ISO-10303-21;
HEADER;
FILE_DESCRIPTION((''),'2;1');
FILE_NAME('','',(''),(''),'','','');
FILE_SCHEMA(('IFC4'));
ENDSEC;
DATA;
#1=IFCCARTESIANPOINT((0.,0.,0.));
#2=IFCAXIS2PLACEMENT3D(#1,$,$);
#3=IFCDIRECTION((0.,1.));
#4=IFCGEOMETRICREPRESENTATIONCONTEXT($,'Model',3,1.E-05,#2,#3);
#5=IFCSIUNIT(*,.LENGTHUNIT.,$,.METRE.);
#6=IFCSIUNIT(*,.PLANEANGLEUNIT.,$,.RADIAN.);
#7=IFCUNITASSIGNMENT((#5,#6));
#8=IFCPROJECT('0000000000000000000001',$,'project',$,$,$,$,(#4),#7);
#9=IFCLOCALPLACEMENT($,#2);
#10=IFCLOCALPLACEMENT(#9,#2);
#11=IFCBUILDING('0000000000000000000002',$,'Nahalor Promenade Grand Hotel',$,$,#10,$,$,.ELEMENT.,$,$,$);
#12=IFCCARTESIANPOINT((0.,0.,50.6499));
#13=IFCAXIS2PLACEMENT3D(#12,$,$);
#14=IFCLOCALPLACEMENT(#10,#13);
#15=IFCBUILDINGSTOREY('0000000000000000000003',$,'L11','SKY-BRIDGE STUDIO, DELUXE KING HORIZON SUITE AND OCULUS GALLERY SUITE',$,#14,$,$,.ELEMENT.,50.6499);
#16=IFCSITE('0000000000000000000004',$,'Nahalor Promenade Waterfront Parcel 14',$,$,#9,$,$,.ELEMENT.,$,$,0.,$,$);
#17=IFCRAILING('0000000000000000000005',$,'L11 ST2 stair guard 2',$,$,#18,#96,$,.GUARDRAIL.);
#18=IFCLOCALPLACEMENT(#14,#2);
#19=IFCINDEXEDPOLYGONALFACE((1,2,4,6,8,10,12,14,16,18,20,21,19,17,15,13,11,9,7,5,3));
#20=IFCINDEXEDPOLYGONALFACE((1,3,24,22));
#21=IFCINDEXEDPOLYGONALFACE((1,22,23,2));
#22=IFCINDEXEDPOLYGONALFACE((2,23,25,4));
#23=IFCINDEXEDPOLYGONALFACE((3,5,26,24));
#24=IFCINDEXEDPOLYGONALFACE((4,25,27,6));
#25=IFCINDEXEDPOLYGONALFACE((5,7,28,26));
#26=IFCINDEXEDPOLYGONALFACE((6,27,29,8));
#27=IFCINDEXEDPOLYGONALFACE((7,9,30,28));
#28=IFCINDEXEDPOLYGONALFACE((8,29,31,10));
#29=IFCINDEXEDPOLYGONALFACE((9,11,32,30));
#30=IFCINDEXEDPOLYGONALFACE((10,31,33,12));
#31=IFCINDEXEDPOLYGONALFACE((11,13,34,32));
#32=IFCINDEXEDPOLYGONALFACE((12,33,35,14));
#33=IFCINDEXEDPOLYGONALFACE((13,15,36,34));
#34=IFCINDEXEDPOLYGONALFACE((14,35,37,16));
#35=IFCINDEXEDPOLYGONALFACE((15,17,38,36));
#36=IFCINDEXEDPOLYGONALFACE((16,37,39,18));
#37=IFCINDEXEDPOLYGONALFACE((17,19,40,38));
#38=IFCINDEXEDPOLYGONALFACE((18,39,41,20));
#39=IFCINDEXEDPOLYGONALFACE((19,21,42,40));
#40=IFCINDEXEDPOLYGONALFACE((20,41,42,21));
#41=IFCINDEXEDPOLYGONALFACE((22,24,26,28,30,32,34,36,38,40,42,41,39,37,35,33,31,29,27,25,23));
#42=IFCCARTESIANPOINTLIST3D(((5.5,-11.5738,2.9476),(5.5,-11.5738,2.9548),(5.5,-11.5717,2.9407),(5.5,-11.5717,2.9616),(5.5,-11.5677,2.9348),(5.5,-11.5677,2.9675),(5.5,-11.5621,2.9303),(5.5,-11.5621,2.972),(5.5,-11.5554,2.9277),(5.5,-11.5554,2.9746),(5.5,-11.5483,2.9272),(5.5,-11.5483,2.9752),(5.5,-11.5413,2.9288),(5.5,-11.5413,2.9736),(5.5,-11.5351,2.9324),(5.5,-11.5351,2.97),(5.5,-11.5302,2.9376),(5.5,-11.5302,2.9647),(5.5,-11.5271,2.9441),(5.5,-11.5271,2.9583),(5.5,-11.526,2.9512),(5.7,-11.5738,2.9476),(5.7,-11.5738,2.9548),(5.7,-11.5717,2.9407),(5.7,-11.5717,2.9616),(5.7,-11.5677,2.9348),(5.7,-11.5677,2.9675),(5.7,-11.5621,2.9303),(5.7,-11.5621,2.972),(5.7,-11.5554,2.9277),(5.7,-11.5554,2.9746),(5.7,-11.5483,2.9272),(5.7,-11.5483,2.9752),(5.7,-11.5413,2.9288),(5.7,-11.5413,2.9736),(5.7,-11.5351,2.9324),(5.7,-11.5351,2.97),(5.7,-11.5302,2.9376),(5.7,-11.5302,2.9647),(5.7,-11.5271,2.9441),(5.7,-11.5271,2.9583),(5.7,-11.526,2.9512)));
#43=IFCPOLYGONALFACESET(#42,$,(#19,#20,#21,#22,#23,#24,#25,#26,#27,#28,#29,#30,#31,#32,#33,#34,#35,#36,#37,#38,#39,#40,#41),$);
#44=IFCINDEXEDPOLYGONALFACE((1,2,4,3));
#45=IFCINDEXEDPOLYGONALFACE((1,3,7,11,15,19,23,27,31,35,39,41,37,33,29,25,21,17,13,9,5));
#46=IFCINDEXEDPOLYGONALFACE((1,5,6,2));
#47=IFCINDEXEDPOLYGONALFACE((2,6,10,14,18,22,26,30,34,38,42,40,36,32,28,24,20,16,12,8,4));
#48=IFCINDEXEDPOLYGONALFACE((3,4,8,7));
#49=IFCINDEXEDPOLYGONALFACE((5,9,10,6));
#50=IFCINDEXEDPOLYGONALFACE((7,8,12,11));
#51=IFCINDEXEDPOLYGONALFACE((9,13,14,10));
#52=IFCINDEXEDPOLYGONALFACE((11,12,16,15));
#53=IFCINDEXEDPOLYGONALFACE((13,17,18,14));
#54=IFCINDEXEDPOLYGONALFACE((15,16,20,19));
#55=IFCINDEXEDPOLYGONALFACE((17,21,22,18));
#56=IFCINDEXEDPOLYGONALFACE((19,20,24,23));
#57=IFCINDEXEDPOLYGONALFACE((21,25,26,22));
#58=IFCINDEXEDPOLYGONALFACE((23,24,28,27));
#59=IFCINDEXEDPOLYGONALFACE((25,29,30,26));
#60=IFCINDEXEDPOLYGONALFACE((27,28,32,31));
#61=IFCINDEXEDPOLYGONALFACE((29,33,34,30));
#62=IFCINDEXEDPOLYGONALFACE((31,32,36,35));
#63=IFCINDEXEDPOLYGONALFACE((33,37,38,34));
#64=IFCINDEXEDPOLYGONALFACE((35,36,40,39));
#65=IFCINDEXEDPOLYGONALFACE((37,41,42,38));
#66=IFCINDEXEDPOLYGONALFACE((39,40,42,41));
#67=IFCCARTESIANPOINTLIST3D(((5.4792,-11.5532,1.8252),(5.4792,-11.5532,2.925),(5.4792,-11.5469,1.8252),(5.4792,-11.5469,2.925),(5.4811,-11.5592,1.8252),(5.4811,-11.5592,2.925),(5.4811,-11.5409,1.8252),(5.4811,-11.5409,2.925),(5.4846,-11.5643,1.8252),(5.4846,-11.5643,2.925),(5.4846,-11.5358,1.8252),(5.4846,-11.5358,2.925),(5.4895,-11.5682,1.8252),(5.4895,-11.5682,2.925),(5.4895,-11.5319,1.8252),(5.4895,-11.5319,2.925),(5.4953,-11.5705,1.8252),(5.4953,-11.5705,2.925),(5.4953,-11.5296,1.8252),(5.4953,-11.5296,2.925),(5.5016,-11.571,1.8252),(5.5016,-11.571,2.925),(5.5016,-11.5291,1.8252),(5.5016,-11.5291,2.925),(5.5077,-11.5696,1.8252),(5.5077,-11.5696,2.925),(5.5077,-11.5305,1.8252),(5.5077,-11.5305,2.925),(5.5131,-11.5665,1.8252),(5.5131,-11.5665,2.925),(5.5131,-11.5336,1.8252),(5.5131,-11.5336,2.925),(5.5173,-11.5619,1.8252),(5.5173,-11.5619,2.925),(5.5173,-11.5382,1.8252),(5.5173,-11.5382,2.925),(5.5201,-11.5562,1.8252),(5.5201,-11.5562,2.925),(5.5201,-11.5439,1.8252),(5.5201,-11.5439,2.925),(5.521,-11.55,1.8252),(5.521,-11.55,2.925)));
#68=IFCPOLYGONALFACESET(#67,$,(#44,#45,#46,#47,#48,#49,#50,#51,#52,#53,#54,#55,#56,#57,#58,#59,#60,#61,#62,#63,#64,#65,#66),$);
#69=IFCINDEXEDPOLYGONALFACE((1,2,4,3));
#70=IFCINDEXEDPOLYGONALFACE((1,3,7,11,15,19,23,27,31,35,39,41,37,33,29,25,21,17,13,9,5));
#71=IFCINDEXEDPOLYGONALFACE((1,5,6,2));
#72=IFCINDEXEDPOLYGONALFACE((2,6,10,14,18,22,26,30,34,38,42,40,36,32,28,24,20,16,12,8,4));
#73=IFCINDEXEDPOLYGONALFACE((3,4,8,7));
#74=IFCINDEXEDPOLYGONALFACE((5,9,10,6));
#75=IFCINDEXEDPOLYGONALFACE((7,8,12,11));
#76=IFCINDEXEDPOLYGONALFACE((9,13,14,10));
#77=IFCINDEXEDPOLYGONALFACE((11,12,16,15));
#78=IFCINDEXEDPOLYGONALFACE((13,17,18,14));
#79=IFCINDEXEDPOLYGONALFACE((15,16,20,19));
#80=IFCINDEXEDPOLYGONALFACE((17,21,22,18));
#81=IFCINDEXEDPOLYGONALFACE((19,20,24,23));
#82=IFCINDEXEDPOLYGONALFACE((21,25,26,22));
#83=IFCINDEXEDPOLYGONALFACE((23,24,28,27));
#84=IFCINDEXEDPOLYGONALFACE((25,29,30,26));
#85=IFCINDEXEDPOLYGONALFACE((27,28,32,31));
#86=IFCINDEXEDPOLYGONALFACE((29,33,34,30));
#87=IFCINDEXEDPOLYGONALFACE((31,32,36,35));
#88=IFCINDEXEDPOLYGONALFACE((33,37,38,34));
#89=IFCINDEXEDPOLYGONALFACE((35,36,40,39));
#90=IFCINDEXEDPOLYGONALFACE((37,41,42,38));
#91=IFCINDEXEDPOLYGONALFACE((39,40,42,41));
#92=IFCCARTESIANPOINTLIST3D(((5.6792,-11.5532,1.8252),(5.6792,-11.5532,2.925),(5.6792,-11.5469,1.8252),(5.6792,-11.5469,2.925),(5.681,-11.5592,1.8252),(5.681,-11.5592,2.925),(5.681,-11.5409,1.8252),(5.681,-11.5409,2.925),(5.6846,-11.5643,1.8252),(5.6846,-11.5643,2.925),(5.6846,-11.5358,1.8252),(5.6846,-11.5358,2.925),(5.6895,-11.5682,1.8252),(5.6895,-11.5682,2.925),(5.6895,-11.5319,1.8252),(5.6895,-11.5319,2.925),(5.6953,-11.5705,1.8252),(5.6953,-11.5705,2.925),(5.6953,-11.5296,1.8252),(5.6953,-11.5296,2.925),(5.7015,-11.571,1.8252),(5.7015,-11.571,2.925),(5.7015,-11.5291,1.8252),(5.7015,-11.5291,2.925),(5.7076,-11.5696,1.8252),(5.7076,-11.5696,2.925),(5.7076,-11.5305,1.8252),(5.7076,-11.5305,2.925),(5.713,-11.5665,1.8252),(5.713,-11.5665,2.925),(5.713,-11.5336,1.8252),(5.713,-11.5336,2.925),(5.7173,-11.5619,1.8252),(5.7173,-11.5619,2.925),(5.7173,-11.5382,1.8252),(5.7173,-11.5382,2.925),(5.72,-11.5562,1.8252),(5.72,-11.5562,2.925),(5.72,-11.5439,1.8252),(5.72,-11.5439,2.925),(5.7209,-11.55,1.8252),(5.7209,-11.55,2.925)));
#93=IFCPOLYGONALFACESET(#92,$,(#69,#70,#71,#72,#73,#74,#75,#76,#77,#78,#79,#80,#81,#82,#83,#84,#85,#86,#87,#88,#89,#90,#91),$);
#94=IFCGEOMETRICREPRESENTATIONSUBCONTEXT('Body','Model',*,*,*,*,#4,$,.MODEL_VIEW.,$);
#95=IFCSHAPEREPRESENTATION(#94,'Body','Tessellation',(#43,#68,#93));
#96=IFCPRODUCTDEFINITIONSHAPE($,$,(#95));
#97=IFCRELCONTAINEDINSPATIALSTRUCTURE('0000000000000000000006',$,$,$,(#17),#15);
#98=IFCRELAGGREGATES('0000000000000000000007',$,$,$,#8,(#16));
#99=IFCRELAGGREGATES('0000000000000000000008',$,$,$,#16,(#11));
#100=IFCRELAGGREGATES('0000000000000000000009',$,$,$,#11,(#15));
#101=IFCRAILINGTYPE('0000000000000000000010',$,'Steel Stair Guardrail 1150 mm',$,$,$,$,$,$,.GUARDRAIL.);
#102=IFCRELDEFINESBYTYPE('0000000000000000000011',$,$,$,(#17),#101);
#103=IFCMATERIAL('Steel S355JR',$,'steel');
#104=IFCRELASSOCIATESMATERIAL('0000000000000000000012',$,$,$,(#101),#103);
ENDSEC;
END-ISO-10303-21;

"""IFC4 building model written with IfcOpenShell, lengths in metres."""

from ifc_helpers import new_model, si_unit, direction, frame, origin, origin_2d, place, context, subcontext, project, spatial, circle, extrude, material, type_object, element, save


model = new_model("IFC4")

# Units and contexts
model_context = context("Model", 3, precision=1e-05, world=origin(), true_north=direction((0.0, 1.0)))
body_context = subcontext(model_context, "Body", "Model", "MODEL_VIEW")
ifc_project = project(units=[si_unit("LENGTHUNIT", "METRE"), si_unit("PLANEANGLEUNIT", "RADIAN")], contexts=[model_context])

# Site, building, storey
site_placement = place(None, origin())
site = spatial("IfcSite", under=ifc_project, at=site_placement, Name="Nahalor Promenade Waterfront Parcel 14", CompositionType="ELEMENT", RefElevation=0.0)
building_placement = place(site_placement, origin())
building = spatial("IfcBuilding", under=site, at=building_placement, Name="Nahalor Promenade Grand Hotel", CompositionType="ELEMENT")
storey_placement = place(building_placement, frame((0.0, 0.0, 50.6499)))
storey = spatial("IfcBuildingStorey", under=building, at=storey_placement, Name="L11", Description="SKY-BRIDGE STUDIO, DELUXE KING HORIZON SUITE AND OCULUS GALLERY SUITE", CompositionType="ELEMENT", Elevation=50.6499)

# Shared definitions
ifc_material_1 = material(Name="Steel S355JR", Category="steel")

# Railing
railing_type_1 = type_object("IfcRailingType", Name="Steel Stair Guardrail 1150 mm", PredefinedType="GUARDRAIL", material=ifc_material_1)
railing_1_placement = place(storey_placement, frame((5.5, -11.55, 1.8252)))
element("IfcRailing", 1, at=railing_1_placement, inside=storey, type_object=railing_type_1, Name="L11 ST2 stair guard 2", PredefinedType="GUARDRAIL", context=body_context, shape_type="SweptSolid", body=[
    extrude(circle(Radius=0.024, at=origin_2d()), frame((0.0, 0.0, 1.126), z_axis=(1.0, 0.0, 0.0), x_axis=(0.0, 1.0, 0.0)), (0.0, 0.0, 1.0), 0.2),
    extrude(circle(Radius=0.021, at=origin_2d()), origin(), (0.0, 0.0, 1.0), 1.0999),
    extrude(circle(Radius=0.021, at=origin_2d()), frame((0.2, 0.0, 0.0)), (0.0, 0.0, 1.0), 1.0999),
])

save(model, "model.ifc")
